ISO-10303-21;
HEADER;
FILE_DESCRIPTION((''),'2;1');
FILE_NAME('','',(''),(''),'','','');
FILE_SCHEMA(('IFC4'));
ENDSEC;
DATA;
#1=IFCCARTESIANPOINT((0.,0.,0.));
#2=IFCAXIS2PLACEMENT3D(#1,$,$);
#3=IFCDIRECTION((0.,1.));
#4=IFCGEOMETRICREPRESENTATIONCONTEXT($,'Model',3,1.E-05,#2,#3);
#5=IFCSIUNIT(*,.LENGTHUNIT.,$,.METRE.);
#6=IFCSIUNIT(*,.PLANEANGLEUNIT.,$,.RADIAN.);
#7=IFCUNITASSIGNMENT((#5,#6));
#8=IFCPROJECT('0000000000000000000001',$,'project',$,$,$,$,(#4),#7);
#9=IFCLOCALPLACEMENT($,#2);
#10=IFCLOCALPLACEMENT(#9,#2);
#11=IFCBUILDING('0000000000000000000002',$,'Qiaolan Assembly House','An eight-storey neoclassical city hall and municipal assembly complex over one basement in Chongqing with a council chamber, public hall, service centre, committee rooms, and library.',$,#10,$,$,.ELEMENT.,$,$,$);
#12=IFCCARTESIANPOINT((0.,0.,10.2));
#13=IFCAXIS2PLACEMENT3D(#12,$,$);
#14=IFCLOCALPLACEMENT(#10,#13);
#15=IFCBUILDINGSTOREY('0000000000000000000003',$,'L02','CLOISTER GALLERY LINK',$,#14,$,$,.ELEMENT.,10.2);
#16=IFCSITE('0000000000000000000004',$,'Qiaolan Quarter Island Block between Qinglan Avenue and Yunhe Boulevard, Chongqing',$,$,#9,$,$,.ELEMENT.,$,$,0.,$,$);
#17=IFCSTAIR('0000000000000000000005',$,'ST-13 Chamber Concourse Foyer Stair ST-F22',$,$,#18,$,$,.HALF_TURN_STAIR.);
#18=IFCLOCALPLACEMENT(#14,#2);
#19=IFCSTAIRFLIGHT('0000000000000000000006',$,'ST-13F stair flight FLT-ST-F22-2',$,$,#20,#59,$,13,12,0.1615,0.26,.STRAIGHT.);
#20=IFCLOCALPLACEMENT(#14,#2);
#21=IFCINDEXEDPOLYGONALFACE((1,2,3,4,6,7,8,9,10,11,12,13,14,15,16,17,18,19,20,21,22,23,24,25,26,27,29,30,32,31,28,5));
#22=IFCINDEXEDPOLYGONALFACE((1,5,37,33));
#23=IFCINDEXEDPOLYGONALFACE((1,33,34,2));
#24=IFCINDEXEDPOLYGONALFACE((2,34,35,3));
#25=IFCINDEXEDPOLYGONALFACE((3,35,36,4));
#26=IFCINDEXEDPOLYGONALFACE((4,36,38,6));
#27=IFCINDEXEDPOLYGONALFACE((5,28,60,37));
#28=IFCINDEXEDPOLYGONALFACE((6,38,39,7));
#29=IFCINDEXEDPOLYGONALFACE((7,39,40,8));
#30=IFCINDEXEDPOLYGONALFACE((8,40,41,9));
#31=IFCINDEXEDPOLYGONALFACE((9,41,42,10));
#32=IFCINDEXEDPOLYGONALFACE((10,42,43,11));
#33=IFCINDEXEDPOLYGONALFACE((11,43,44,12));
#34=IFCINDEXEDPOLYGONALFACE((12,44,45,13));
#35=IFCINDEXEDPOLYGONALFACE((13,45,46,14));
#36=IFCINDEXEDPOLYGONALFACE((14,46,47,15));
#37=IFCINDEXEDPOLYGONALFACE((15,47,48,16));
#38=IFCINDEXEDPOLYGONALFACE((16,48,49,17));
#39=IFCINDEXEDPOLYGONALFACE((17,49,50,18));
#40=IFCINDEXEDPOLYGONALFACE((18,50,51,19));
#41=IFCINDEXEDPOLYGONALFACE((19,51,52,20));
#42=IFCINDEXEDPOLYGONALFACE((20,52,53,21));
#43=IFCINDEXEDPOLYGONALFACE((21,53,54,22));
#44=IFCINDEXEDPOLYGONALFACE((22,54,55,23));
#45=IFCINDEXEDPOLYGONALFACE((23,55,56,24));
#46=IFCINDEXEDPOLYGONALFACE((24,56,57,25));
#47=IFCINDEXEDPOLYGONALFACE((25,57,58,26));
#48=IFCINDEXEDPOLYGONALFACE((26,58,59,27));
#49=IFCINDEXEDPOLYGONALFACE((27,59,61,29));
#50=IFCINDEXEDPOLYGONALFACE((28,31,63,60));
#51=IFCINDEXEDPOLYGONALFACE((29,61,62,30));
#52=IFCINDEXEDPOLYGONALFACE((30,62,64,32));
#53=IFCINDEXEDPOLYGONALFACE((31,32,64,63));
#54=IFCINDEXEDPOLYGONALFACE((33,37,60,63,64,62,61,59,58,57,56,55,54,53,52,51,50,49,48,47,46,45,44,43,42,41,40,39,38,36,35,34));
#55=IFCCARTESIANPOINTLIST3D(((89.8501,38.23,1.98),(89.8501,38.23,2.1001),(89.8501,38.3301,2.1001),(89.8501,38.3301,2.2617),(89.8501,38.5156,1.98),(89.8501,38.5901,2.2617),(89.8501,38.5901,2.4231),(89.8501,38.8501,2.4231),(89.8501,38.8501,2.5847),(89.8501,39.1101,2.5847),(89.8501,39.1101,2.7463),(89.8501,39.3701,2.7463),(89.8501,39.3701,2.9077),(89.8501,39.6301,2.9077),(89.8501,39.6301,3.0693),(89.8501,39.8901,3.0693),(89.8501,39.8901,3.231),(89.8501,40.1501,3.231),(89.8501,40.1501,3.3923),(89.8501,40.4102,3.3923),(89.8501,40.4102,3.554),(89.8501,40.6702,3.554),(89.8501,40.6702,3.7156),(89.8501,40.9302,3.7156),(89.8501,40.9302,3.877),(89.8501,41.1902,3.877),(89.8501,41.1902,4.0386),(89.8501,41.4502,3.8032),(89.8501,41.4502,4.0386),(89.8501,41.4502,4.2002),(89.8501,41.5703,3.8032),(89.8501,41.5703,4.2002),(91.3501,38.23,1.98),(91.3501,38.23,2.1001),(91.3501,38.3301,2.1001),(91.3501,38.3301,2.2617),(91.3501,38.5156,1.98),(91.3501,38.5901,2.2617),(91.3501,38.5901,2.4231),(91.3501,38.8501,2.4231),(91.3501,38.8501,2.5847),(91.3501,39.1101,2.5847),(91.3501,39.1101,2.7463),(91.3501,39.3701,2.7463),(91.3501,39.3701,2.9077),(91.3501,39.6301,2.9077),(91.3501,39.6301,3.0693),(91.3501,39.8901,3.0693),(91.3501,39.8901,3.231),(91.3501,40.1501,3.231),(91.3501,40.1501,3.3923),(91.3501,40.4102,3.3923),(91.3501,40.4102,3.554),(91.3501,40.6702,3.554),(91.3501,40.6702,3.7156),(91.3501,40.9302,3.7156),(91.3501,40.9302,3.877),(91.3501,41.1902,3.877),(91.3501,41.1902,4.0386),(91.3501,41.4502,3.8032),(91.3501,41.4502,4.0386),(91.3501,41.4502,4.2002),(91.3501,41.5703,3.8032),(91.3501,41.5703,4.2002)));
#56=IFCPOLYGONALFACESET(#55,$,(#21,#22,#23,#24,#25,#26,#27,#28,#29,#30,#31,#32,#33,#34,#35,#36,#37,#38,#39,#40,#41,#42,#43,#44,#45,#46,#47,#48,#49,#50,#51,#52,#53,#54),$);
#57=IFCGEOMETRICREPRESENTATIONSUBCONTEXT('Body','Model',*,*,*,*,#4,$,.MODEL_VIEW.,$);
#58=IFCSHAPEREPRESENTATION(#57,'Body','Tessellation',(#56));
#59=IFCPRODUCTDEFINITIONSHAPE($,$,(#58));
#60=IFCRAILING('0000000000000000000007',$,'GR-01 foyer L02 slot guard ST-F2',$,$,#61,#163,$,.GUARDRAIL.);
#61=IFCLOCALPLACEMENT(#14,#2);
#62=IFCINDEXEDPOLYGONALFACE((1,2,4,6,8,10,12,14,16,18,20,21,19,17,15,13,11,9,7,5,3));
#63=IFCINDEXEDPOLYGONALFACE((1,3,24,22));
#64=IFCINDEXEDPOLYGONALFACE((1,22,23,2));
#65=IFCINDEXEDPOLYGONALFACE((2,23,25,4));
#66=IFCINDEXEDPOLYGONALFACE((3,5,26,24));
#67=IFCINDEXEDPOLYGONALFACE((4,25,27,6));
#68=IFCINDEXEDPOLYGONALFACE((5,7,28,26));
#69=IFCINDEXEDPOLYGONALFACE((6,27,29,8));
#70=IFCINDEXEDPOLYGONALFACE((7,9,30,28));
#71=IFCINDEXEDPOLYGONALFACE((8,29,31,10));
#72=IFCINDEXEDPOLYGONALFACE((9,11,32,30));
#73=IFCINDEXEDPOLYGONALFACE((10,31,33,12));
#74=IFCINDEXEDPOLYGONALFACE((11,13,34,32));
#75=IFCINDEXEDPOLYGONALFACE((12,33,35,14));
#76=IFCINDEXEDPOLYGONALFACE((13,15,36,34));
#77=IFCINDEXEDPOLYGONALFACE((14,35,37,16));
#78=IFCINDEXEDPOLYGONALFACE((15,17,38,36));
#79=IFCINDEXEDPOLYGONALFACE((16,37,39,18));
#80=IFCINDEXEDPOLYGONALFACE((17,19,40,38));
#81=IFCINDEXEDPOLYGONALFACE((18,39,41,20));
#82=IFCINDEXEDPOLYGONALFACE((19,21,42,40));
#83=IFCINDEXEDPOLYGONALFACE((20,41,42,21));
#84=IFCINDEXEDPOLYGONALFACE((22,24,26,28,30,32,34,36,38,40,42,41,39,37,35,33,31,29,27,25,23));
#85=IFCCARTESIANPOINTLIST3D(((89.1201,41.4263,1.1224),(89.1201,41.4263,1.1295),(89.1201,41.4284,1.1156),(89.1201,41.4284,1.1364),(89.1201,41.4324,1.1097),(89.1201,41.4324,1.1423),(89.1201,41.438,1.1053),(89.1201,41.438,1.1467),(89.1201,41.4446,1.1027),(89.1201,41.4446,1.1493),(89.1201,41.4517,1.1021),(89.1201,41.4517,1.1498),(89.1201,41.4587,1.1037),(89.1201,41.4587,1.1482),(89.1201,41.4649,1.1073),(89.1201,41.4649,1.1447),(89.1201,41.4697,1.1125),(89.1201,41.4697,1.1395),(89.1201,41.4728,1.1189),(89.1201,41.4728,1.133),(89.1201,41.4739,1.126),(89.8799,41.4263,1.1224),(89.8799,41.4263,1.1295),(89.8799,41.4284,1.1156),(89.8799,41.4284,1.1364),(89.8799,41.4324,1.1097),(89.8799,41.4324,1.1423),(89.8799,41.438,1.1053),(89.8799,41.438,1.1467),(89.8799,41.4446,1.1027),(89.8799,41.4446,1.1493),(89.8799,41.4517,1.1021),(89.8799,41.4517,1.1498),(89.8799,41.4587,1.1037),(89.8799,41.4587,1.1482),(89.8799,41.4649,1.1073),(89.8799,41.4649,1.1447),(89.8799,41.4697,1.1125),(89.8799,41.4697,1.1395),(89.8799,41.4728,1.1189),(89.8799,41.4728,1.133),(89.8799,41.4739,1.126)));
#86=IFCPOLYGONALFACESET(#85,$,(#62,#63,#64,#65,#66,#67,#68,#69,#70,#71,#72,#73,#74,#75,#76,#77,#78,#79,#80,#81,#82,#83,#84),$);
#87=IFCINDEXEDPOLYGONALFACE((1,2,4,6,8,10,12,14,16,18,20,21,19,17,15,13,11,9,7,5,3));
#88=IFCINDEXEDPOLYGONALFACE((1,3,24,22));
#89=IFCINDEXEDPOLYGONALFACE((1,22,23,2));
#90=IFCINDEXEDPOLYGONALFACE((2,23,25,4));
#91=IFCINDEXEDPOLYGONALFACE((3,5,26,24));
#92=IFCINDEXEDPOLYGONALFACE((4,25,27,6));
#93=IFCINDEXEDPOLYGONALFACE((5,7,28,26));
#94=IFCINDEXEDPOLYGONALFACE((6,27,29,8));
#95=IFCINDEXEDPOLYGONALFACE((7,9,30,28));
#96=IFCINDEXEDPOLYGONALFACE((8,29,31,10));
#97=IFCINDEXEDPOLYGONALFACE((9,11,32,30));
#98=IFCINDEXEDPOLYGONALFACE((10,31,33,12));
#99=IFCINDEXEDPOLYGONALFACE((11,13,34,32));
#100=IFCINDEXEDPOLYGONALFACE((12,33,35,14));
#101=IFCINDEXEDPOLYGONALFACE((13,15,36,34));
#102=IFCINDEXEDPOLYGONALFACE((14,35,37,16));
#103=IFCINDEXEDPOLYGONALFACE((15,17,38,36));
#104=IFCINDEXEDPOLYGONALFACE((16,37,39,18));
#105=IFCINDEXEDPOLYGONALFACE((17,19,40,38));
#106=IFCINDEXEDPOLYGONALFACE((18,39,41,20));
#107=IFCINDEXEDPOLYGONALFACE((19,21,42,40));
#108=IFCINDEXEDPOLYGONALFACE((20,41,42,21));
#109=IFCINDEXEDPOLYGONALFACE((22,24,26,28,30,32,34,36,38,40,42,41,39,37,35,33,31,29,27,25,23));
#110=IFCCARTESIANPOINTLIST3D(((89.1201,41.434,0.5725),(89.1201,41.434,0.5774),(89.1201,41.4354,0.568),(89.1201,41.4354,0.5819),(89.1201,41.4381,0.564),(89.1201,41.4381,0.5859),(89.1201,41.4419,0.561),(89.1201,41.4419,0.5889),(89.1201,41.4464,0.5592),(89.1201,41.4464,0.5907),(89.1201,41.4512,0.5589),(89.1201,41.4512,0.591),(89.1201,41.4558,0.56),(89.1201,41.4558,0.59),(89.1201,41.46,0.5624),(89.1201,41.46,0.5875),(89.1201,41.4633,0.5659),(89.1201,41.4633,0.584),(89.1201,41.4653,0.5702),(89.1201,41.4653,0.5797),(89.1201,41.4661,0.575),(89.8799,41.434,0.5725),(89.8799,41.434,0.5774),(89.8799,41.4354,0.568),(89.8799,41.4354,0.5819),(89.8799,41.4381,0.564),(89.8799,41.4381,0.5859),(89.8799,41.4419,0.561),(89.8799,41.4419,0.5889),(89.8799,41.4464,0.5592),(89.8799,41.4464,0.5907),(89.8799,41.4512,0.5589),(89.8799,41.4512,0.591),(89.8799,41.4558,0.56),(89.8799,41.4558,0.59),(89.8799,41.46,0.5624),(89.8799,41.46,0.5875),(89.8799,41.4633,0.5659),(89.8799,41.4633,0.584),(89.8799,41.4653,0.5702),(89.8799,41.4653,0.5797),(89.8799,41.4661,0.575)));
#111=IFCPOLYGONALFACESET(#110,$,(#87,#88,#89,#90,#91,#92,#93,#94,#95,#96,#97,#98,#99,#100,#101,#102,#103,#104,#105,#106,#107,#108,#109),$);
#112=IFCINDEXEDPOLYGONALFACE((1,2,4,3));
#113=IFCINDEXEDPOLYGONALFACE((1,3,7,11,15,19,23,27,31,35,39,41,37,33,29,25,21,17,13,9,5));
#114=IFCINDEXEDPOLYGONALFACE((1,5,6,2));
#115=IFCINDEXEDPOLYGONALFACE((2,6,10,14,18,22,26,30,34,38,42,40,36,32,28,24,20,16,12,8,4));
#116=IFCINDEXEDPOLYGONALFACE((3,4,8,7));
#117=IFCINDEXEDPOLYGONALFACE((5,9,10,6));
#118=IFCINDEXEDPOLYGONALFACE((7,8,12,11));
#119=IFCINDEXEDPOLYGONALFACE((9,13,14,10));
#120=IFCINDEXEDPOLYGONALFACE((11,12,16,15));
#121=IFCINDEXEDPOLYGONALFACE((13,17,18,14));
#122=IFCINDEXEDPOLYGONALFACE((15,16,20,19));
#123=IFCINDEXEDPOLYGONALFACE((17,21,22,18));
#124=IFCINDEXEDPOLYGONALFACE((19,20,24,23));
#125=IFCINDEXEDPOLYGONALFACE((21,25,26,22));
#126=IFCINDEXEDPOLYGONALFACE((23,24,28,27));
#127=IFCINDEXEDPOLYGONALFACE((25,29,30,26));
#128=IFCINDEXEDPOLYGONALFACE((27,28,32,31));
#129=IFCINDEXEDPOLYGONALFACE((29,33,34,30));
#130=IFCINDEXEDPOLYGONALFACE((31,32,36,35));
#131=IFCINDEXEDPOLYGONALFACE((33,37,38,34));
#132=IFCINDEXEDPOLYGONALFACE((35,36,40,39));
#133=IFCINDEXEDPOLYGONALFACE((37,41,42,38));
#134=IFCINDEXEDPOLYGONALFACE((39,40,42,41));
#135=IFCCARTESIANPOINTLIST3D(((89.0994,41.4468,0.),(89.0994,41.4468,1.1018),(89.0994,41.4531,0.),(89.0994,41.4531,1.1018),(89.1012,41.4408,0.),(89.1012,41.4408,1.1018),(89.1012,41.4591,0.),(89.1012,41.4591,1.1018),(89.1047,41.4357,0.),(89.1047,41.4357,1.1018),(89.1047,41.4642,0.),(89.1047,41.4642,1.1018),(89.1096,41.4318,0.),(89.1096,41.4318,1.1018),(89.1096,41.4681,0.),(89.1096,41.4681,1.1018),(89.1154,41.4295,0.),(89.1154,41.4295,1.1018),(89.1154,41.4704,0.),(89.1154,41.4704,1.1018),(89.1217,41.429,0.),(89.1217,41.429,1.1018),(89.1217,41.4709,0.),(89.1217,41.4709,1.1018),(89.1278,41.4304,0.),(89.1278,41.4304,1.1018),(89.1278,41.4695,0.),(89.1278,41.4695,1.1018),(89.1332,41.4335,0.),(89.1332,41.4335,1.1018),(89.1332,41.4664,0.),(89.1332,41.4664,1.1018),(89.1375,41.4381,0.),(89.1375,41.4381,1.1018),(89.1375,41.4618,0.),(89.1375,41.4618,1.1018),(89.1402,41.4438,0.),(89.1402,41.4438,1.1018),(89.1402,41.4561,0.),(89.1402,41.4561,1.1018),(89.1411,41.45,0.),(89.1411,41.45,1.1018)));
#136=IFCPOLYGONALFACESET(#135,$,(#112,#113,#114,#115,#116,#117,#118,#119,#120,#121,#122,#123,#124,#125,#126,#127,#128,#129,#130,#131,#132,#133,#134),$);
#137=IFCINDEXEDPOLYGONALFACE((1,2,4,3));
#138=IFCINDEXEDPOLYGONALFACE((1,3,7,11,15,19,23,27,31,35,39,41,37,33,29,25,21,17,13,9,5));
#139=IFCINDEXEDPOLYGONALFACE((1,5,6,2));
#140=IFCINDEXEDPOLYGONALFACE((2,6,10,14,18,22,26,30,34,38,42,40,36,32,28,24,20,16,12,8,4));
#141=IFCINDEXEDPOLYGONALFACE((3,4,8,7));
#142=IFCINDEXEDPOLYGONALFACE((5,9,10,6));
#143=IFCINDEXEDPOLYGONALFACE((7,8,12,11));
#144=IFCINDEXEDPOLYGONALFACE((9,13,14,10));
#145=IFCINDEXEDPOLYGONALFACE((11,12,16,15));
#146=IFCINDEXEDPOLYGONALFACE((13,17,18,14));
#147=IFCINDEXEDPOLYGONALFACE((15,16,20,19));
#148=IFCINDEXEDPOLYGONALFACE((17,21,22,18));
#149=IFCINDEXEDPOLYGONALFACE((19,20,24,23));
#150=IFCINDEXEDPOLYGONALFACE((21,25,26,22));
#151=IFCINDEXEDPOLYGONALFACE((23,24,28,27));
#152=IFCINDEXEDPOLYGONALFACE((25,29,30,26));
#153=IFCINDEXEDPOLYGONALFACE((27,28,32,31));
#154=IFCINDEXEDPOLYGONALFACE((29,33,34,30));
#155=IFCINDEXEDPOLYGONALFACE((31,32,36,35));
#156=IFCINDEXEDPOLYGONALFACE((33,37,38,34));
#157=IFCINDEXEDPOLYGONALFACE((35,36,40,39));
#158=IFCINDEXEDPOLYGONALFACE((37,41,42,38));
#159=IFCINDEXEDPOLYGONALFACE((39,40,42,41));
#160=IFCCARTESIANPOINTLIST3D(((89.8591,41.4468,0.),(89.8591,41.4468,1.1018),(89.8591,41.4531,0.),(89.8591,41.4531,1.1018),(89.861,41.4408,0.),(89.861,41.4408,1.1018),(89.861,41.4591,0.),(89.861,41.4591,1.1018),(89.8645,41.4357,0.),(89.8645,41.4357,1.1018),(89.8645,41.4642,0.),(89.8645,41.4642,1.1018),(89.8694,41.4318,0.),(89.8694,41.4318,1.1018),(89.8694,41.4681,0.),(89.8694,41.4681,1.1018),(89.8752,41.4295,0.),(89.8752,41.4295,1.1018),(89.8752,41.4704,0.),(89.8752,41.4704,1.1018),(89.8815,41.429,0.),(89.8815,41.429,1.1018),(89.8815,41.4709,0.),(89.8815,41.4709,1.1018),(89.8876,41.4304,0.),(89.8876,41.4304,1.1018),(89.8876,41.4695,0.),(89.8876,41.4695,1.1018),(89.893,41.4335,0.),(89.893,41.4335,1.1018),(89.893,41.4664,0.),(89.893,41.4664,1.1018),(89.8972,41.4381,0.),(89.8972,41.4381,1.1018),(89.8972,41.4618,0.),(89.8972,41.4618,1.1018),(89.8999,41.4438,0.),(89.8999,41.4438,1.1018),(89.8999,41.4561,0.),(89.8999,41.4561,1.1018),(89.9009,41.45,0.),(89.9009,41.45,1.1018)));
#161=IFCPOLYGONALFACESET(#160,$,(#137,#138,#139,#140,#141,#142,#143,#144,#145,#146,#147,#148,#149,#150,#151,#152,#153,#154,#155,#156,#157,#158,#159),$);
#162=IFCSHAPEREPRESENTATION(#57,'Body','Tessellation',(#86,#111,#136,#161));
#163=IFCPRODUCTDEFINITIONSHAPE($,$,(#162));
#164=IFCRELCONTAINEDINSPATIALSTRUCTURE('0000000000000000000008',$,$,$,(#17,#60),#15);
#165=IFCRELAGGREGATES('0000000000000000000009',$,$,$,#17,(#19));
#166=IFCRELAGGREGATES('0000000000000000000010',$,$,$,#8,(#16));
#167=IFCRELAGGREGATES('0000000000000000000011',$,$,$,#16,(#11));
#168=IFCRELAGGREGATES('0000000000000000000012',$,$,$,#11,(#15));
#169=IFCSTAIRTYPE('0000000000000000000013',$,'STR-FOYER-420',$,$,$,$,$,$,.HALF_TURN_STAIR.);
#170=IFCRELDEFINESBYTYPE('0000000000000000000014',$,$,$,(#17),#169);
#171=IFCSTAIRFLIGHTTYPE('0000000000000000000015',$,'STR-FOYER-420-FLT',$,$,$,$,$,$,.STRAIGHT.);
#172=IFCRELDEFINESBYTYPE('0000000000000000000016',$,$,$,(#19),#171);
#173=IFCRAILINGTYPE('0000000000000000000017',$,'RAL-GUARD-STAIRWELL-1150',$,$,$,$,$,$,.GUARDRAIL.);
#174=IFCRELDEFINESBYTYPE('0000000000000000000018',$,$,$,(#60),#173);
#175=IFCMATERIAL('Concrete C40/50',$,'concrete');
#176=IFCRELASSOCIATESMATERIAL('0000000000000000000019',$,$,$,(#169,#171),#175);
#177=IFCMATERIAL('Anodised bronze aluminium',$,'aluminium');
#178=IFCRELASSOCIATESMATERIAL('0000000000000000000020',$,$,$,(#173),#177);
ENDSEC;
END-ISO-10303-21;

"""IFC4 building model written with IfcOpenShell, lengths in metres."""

from ifc_helpers import new_model, si_unit, direction, frame, origin, origin_2d, place, context, subcontext, project, spatial, polyline, circle, outline, extrude, material, type_object, element, aggregate, save


model = new_model("IFC4")

# Units and contexts
model_context = context("Model", 3, precision=1e-05, world=origin(), true_north=direction((0.0, 1.0)))
body_context = subcontext(model_context, "Body", "Model", "MODEL_VIEW")
ifc_project = project(units=[si_unit("LENGTHUNIT", "METRE"), si_unit("PLANEANGLEUNIT", "RADIAN")], contexts=[model_context])

# Site, building, storey
site_placement = place(None, origin())
site = spatial("IfcSite", under=ifc_project, at=site_placement, Name="Qiaolan Quarter Island Block between Qinglan Avenue and Yunhe Boulevard, Chongqing", CompositionType="ELEMENT", RefElevation=0.0)
building_placement = place(site_placement, origin())
building = spatial("IfcBuilding", under=site, at=building_placement, Name="Qiaolan Assembly House", Description="An eight-storey neoclassical city hall and municipal assembly complex over one basement in Chongqing with a council chamber, public hall, service centre, committee rooms, and library.", CompositionType="ELEMENT")
storey_placement = place(building_placement, frame((0.0, 0.0, 10.2)))
storey = spatial("IfcBuildingStorey", under=building, at=storey_placement, Name="L02", Description="CLOISTER GALLERY LINK", CompositionType="ELEMENT", Elevation=10.2)

# Stair, stair flight
ifc_material_1 = material(Name="Concrete C40/50", Category="concrete")
stair_type = type_object("IfcStairType", Name="STR-FOYER-420", PredefinedType="HALF_TURN_STAIR", material=ifc_material_1)
stair_placement = place(storey_placement, origin())
stair = element("IfcStair", 1, at=stair_placement, inside=storey, type_object=stair_type, Name="ST-13 Chamber Concourse Foyer Stair ST-F22", PredefinedType="HALF_TURN_STAIR")
stair_flight_type = type_object("IfcStairFlightType", Name="STR-FOYER-420-FLT", PredefinedType="STRAIGHT", material=ifc_material_1)
stair_flight_1_placement = place(storey_placement, frame((90.6001, 38.3301, 2.1001), z_axis=(0.0, 0.0, 1.0), x_axis=(0.0, 1.0, 0.0)))
stair_flight_1 = element("IfcStairFlight", 2, at=stair_flight_1_placement, type_object=stair_flight_type, Name="ST-13F stair flight FLT-ST-F22-2", NumberOfRisers=13, NumberOfTreads=12, PredefinedType="STRAIGHT", RiserHeight=0.1615, TreadLength=0.26, context=body_context, shape_type="SweptSolid", body=[
    extrude(outline(polyline([(-0.1001, -0.1201), (-0.1001, 0.0), (0.0, 0.0), (0.0, 0.1616), (0.26, 0.1616), (0.26, 0.323), (0.52, 0.323), (0.52, 0.4846), (0.78, 0.4846), (0.78, 0.6462), (1.04, 0.6462), (1.04, 0.8076), (1.3, 0.8076), (1.3, 0.9692), (1.5601, 0.9692), (1.5601, 1.1309), (1.8201, 1.1309), (1.8201, 1.2922), (2.0801, 1.2922), (2.0801, 1.4539), (2.3401, 1.4539), (2.3401, 1.6155), (2.6001, 1.6155), (2.6001, 1.7769), (2.8601, 1.7769), (2.8601, 1.9385), (3.1201, 1.9385), (3.1201, 2.1001), (3.2402, 2.1001), (3.2402, 1.7031), (3.1201, 1.7031), (0.1855, -0.1201), (-0.1001, -0.1201)])), frame((0.0, 0.75, 0.0), z_axis=(0.0, -1.0, 0.0), x_axis=(1.0, 0.0, 0.0)), (0.0, 0.0, 1.0), 1.5),
])
aggregate(stair, [stair_flight_1])

# Railing
ifc_material_2 = material(Name="Anodised bronze aluminium", Category="aluminium")
railing_type_1 = type_object("IfcRailingType", Name="RAL-GUARD-STAIRWELL-1150", PredefinedType="GUARDRAIL", material=ifc_material_2)
railing_1_placement = place(storey_placement, frame((89.1201, 41.45, 0.0)))
element("IfcRailing", 3, at=railing_1_placement, inside=storey, type_object=railing_type_1, Name="GR-01 foyer L02 slot guard ST-F2", PredefinedType="GUARDRAIL", context=body_context, shape_type="SweptSolid", body=[
    extrude(circle(Radius=0.0239, at=origin_2d()), frame((0.0, 0.0, 1.126), z_axis=(1.0, 0.0, 0.0), x_axis=(0.0, 1.0, 0.0)), (0.0, 0.0, 1.0), 0.7598),
    extrude(circle(Radius=0.0161, at=origin_2d()), frame((0.0, 0.0, 0.575), z_axis=(1.0, 0.0, 0.0), x_axis=(0.0, 1.0, 0.0)), (0.0, 0.0, 1.0), 0.7598),
    extrude(circle(Radius=0.021, at=origin_2d()), origin(), (0.0, 0.0, 1.0), 1.1018),
    extrude(circle(Radius=0.021, at=origin_2d()), frame((0.7598, 0.0, 0.0)), (0.0, 0.0, 1.0), 1.1018),
])

save(model, "model.ifc")
